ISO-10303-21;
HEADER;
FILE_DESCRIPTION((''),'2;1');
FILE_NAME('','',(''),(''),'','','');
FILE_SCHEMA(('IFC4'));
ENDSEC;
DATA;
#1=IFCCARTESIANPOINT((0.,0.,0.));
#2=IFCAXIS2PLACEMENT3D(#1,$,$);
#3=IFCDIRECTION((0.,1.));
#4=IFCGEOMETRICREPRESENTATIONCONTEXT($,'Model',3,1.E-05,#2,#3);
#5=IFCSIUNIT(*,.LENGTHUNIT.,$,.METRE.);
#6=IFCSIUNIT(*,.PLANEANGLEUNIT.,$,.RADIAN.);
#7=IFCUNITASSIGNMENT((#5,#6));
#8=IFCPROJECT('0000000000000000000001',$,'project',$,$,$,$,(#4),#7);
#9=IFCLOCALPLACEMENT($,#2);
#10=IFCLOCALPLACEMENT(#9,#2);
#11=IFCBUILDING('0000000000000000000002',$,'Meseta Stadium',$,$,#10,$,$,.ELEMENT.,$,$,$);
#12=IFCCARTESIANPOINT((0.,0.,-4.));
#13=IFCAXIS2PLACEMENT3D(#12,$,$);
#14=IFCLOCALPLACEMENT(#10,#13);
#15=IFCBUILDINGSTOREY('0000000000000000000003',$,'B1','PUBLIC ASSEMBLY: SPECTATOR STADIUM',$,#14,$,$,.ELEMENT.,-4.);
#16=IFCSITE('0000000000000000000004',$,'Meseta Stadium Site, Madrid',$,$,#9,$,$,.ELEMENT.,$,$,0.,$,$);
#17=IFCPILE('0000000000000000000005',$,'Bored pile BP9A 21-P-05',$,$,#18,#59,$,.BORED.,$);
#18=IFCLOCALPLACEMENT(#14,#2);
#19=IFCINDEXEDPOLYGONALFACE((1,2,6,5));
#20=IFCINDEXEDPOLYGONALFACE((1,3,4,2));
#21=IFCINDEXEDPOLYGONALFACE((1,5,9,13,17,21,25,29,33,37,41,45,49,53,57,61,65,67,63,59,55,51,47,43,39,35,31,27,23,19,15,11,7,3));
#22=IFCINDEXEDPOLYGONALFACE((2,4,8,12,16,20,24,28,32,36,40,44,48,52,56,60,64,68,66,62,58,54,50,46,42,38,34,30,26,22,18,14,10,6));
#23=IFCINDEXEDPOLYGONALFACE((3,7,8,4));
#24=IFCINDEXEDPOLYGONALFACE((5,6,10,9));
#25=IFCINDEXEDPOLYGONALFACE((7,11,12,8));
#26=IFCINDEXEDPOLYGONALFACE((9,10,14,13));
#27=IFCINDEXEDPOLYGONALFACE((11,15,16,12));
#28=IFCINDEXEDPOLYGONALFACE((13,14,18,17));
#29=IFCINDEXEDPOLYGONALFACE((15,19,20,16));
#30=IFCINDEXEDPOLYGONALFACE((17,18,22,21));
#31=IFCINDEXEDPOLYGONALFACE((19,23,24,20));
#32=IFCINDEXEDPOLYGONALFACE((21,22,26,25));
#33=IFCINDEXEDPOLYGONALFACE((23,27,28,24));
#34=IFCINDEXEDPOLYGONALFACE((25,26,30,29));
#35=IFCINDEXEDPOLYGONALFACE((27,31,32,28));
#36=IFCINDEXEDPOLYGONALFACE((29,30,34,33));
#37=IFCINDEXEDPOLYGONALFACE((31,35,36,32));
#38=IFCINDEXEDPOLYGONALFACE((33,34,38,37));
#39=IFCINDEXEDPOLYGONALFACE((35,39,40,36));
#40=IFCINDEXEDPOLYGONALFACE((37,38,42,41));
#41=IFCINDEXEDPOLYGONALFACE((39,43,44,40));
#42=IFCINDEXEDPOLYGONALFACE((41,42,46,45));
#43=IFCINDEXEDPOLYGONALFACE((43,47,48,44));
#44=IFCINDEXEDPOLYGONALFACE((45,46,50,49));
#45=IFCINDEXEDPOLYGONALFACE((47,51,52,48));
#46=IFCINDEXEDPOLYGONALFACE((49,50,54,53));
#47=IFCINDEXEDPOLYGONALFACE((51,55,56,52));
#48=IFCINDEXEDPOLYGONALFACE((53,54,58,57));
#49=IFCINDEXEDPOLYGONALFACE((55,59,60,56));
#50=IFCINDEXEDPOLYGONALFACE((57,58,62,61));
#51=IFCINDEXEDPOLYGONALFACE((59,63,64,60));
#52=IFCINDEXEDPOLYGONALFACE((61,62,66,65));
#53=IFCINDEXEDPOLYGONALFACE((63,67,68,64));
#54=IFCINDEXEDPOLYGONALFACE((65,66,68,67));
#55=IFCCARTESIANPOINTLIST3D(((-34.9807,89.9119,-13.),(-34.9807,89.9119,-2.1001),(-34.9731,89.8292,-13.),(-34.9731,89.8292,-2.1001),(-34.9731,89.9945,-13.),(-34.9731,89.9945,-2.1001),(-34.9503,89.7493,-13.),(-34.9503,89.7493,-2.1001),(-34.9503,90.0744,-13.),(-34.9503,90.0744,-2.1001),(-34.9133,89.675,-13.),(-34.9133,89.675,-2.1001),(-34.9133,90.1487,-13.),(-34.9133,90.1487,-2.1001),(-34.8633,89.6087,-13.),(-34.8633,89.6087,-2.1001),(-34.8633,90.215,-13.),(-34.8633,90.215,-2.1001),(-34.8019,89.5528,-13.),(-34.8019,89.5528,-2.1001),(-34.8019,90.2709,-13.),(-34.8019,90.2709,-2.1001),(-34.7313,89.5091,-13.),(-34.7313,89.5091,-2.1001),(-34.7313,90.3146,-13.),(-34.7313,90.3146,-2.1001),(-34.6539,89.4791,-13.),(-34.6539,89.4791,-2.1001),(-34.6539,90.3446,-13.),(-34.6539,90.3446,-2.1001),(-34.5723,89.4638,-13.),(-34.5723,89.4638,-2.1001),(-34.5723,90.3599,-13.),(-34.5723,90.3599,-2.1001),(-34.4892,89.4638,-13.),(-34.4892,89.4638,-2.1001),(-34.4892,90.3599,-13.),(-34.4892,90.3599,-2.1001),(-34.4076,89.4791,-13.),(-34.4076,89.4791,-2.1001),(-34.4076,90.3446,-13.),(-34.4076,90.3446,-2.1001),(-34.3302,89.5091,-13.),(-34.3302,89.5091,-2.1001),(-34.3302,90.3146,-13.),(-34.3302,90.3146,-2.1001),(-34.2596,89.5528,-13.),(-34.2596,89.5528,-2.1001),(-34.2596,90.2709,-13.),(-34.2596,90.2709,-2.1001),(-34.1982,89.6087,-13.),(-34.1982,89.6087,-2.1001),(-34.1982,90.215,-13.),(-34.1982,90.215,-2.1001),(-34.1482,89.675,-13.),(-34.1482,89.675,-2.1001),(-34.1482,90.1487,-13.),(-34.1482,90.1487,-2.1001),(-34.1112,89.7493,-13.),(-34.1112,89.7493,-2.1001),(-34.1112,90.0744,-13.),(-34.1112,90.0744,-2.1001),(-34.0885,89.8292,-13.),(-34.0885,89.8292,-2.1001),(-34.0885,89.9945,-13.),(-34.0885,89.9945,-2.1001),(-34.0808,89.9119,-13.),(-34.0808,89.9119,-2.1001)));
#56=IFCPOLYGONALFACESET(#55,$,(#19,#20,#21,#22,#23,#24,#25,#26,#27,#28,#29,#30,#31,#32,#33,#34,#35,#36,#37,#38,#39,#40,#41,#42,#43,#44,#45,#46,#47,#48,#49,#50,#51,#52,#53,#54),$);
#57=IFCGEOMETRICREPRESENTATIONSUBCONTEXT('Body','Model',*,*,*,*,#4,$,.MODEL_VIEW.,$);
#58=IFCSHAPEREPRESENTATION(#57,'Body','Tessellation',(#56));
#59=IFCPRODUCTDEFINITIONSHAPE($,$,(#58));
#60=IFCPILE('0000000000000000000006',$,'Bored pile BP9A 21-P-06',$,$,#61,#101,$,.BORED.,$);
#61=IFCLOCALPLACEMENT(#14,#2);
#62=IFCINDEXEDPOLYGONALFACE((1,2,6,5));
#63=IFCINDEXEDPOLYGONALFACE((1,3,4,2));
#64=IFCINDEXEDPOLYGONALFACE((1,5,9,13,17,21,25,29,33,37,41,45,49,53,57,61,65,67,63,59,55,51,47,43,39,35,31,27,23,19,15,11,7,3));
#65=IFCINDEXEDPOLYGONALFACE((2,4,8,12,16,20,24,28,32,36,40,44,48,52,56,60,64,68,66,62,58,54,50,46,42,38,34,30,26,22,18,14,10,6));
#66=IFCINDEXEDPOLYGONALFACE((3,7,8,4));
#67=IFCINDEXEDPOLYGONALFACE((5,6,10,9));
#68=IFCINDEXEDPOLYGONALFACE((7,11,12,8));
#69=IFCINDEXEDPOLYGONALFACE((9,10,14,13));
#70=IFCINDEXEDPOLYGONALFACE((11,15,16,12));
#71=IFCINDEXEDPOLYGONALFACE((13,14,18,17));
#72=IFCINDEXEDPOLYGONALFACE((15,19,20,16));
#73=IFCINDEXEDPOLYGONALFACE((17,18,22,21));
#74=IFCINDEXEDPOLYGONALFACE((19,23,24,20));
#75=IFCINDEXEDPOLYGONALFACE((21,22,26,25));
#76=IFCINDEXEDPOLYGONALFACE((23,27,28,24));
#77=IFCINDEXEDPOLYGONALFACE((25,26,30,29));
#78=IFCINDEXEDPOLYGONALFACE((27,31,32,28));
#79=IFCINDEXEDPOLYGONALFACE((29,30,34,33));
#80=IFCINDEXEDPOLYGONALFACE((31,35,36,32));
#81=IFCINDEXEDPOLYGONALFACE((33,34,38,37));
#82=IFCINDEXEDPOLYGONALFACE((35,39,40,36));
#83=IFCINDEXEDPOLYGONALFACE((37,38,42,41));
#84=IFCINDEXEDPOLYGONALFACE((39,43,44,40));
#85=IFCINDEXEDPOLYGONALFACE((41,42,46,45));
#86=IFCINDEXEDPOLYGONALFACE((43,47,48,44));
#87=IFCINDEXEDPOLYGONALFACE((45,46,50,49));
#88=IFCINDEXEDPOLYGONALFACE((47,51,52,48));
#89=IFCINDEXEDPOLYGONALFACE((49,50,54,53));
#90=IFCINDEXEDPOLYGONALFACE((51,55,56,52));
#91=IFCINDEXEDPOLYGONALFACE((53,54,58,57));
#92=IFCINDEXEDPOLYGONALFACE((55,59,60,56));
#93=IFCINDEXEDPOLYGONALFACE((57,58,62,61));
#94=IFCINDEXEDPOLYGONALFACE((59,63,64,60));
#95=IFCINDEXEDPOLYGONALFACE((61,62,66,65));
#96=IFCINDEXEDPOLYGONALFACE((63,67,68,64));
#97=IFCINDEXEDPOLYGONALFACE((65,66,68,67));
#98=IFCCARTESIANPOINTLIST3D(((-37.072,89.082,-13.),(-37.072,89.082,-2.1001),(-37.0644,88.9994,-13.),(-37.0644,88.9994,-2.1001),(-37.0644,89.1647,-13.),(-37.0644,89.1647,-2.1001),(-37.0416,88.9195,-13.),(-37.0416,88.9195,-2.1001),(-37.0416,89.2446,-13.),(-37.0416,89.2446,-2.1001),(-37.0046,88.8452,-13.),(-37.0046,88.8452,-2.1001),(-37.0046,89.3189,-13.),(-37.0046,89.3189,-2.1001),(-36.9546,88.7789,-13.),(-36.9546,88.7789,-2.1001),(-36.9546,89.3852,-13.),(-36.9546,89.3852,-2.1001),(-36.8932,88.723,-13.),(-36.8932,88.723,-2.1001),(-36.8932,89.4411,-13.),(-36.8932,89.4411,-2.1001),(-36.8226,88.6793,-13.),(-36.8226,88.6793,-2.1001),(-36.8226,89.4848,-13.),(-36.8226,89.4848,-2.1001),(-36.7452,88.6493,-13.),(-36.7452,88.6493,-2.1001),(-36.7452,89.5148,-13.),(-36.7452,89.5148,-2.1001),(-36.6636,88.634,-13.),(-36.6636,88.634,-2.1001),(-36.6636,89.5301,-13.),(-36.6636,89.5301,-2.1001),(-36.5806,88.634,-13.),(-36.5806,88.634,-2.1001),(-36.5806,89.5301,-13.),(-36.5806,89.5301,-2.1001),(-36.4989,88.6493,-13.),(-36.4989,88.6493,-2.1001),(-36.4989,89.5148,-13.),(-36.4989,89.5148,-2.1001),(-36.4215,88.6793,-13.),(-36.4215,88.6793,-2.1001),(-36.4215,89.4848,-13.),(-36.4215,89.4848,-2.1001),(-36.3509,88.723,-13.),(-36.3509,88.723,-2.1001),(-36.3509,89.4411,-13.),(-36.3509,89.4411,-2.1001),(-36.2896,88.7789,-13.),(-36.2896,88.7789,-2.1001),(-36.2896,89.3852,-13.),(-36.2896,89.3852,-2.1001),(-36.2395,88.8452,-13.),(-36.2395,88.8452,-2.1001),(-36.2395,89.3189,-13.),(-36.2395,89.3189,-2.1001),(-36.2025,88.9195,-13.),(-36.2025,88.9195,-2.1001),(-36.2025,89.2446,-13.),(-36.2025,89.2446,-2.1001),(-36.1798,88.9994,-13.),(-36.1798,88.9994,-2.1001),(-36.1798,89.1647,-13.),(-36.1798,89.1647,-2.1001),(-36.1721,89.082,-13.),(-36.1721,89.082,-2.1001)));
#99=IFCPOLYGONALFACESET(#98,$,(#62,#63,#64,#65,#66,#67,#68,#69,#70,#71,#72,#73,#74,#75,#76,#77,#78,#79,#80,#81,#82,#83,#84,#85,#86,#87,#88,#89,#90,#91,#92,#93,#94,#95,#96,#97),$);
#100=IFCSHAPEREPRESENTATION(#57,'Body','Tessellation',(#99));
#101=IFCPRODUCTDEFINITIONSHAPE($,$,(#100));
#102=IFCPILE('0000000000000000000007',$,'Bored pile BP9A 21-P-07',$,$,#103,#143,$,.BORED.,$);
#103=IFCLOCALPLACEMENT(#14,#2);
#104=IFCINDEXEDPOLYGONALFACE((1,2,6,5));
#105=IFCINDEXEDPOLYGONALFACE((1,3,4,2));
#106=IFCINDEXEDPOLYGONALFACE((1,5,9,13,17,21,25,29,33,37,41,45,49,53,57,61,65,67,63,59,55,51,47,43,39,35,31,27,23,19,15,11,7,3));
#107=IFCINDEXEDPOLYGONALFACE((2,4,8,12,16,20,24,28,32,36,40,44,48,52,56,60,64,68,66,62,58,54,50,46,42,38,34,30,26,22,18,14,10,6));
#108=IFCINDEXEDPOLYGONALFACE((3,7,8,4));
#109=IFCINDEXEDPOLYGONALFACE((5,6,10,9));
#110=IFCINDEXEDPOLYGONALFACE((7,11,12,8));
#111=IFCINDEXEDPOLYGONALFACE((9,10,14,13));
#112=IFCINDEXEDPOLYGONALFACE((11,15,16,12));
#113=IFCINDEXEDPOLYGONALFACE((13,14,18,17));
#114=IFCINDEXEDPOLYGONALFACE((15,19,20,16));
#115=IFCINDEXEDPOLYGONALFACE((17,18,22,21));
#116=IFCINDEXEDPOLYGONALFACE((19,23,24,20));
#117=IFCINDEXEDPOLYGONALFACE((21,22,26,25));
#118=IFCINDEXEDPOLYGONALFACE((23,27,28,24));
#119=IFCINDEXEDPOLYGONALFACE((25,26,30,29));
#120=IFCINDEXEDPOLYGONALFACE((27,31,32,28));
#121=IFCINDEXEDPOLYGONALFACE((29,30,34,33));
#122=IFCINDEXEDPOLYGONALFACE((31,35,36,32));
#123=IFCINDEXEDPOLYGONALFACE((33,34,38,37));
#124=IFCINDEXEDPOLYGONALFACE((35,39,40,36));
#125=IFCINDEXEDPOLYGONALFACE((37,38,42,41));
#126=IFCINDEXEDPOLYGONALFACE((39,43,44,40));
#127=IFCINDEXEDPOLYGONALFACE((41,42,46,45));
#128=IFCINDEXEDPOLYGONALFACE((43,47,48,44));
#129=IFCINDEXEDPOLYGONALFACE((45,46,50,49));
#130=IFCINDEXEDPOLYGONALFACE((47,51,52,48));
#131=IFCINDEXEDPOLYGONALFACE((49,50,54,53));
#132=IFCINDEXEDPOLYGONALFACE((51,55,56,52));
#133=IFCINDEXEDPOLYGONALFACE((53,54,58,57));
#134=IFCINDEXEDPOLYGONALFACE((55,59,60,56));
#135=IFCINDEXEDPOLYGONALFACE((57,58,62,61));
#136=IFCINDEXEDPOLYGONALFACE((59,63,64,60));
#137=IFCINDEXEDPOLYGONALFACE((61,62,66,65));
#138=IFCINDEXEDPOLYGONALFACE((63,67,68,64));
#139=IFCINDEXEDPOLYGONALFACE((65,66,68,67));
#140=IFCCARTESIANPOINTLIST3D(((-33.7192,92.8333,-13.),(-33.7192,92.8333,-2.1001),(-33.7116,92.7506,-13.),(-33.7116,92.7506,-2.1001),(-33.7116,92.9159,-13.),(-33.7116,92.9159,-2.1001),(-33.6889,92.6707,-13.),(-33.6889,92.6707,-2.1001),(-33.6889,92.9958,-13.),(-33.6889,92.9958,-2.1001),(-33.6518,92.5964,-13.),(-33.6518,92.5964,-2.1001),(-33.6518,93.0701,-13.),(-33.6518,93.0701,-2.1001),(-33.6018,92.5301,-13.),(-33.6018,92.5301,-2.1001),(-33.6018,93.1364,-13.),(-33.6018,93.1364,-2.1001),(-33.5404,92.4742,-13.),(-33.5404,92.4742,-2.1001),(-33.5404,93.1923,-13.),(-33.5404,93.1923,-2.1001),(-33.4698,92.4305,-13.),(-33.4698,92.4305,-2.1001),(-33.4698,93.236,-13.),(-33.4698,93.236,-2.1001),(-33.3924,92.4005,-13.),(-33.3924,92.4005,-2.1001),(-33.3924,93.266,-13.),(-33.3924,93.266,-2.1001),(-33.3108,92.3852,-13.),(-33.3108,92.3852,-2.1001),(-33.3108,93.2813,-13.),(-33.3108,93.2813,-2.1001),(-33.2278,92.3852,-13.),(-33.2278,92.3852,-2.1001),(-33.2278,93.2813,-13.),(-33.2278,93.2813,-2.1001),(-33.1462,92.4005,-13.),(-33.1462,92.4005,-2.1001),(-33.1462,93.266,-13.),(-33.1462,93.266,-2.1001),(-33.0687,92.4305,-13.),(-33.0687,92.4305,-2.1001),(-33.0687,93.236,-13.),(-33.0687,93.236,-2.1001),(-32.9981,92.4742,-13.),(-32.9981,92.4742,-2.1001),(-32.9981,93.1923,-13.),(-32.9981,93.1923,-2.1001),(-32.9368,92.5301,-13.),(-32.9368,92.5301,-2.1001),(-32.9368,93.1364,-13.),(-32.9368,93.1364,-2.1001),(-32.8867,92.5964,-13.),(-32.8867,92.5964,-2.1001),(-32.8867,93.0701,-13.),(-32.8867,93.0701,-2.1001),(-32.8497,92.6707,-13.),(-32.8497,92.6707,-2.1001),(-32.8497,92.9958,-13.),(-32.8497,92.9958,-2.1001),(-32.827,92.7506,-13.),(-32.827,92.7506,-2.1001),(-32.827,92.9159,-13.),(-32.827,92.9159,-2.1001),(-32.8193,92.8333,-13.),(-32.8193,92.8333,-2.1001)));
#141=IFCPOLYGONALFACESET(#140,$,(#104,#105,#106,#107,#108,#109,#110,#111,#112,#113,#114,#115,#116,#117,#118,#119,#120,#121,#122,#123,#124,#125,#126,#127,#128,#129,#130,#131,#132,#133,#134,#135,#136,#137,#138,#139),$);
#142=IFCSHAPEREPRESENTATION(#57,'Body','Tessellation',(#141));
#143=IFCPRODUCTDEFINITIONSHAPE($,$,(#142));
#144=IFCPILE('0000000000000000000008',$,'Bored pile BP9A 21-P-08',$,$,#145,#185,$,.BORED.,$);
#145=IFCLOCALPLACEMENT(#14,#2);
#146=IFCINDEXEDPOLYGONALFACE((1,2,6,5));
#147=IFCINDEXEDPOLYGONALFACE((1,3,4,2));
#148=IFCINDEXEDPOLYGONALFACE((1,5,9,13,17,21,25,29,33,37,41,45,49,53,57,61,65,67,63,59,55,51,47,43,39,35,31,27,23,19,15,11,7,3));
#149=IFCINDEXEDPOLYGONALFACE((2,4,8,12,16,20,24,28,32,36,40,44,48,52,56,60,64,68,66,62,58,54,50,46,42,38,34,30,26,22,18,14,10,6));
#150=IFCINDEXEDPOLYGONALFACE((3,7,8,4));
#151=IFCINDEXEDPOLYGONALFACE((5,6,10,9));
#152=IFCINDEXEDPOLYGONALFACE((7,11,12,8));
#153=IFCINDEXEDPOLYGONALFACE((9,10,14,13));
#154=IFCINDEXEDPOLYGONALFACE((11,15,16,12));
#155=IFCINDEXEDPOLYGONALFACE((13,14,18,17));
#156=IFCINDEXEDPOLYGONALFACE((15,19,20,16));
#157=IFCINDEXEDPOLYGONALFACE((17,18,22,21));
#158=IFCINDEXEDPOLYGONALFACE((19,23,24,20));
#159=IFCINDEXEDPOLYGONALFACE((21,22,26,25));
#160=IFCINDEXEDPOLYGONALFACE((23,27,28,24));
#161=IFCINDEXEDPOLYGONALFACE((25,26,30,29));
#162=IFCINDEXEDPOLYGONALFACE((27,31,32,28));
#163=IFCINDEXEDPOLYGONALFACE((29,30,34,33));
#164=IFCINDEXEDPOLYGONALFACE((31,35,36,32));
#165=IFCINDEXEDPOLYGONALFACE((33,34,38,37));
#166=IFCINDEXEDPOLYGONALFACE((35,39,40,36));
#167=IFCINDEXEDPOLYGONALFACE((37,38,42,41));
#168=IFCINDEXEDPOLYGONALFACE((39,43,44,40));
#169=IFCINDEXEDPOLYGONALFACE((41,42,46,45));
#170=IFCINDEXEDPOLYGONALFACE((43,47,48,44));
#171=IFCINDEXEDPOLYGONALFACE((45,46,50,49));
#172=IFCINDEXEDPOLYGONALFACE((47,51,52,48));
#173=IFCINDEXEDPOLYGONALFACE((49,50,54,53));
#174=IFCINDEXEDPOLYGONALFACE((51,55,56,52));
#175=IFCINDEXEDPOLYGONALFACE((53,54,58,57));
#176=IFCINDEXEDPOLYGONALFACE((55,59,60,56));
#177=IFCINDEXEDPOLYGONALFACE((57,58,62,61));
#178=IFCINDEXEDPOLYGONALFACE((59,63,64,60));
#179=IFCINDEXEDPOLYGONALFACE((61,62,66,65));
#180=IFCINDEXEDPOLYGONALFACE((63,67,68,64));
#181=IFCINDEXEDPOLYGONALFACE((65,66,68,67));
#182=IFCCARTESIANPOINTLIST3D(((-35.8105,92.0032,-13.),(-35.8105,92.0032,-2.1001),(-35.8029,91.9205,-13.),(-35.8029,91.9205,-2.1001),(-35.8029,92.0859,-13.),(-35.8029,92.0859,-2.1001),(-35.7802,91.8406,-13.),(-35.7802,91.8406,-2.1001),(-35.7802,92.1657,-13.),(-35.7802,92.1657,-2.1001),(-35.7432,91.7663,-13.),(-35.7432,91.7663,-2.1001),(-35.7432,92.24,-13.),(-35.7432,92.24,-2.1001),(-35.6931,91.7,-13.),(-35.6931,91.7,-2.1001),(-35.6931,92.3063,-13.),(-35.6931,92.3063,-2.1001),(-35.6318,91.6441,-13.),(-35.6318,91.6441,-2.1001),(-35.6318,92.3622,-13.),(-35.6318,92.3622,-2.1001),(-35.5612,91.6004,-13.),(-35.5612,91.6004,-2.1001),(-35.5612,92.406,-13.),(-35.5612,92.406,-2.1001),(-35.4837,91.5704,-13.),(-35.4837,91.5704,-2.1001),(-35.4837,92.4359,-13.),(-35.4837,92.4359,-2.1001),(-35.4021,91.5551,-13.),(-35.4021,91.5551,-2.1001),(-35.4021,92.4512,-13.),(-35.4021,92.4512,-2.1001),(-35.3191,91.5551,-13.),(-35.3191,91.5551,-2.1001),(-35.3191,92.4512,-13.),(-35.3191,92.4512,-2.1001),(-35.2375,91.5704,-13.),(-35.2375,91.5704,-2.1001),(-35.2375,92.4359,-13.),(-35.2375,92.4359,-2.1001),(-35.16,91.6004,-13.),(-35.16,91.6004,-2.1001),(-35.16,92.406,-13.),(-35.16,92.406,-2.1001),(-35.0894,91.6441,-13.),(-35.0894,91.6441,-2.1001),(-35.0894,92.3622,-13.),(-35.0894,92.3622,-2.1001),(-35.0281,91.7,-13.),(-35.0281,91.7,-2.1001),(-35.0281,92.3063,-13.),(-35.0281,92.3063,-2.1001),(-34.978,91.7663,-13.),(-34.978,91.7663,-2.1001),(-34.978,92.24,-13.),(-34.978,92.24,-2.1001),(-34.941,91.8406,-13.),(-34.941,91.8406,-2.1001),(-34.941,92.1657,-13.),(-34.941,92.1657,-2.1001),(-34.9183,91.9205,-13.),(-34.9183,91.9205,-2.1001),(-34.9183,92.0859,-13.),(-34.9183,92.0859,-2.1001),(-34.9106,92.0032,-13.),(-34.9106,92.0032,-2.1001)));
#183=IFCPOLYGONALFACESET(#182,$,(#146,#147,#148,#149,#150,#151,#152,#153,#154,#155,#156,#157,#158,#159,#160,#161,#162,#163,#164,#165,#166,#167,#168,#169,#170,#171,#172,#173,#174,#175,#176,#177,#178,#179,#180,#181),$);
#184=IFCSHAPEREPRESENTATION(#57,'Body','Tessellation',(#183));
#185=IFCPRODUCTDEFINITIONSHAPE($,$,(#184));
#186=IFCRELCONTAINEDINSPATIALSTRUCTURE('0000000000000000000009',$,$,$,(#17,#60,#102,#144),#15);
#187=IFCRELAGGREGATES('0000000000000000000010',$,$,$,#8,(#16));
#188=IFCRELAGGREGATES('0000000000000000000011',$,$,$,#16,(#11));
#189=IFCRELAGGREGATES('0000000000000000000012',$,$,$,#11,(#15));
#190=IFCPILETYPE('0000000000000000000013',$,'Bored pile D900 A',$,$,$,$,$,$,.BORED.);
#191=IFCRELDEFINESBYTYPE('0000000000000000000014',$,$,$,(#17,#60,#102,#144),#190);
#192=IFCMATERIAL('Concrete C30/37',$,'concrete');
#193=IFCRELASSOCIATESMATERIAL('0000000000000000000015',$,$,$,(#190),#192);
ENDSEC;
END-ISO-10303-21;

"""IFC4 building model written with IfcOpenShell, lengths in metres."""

from ifc_helpers import new_model, si_unit, direction, frame, origin, origin_2d, place, context, subcontext, project, spatial, circle, extrude, material, material_profile, profile_set, type_object, element, save


model = new_model("IFC4")

# Units and contexts
model_context = context("Model", 3, precision=1e-05, world=origin(), true_north=direction((0.0, 1.0)))
body_context = subcontext(model_context, "Body", "Model", "MODEL_VIEW")
ifc_project = project(units=[si_unit("LENGTHUNIT", "METRE"), si_unit("PLANEANGLEUNIT", "RADIAN")], contexts=[model_context])

# Site, building, storey
site_placement = place(None, origin())
site = spatial("IfcSite", under=ifc_project, at=site_placement, Name="Meseta Stadium Site, Madrid", CompositionType="ELEMENT", RefElevation=0.0)
building_placement = place(site_placement, origin())
building = spatial("IfcBuilding", under=site, at=building_placement, Name="Meseta Stadium", CompositionType="ELEMENT")
storey_placement = place(building_placement, frame((0.0, 0.0, -4.0)))
storey = spatial("IfcBuildingStorey", under=building, at=storey_placement, Name="B1", Description="PUBLIC ASSEMBLY: SPECTATOR STADIUM", CompositionType="ELEMENT", Elevation=-4.0)

# Piles
ifc_material_1 = material(Name="Concrete C30/37", Category="concrete")
ifc_material_profile_1 = material_profile(ifc_material_1, circle(Radius=0.45, at=origin_2d()), Name="D900")
ifc_profile_set_1 = profile_set([ifc_material_profile_1], Name="Concrete C30/37")
pile_type = type_object("IfcPileType", Name="Bored pile D900 A", PredefinedType="BORED", material=ifc_profile_set_1)
for number, where, z_axis, x_axis, name in (
    (1, (-34.5308, 89.9119, -2.1001), (0.0, 0.0, -1.0), (1.0, 0.0, 0.0), "Bored pile BP9A 21-P-05"),
    (2, (-36.6221, 89.082, -2.1001), (0.0, 0.0, -1.0), (1.0, 0.0, 0.0), "Bored pile BP9A 21-P-06"),
    (3, (-33.2693, 92.8333, -2.1001), (0.0, 0.0, -1.0), (1.0, 0.0, 0.0), "Bored pile BP9A 21-P-07"),
    (4, (-35.3606, 92.0032, -2.1001), (0.0, 0.0, -1.0), (1.0, 0.0, 0.0), "Bored pile BP9A 21-P-08"),
):
    element("IfcPile", number, at=place(storey_placement, frame(where, z_axis=z_axis, x_axis=x_axis)), inside=storey, type_object=pile_type, Name=name, PredefinedType="BORED", context=body_context, shape_type="SweptSolid", body=[
        extrude(circle(Radius=0.45, at=origin_2d()), origin(), (0.0, 0.0, 1.0), 10.8999),
    ])

save(model, "model.ifc")
